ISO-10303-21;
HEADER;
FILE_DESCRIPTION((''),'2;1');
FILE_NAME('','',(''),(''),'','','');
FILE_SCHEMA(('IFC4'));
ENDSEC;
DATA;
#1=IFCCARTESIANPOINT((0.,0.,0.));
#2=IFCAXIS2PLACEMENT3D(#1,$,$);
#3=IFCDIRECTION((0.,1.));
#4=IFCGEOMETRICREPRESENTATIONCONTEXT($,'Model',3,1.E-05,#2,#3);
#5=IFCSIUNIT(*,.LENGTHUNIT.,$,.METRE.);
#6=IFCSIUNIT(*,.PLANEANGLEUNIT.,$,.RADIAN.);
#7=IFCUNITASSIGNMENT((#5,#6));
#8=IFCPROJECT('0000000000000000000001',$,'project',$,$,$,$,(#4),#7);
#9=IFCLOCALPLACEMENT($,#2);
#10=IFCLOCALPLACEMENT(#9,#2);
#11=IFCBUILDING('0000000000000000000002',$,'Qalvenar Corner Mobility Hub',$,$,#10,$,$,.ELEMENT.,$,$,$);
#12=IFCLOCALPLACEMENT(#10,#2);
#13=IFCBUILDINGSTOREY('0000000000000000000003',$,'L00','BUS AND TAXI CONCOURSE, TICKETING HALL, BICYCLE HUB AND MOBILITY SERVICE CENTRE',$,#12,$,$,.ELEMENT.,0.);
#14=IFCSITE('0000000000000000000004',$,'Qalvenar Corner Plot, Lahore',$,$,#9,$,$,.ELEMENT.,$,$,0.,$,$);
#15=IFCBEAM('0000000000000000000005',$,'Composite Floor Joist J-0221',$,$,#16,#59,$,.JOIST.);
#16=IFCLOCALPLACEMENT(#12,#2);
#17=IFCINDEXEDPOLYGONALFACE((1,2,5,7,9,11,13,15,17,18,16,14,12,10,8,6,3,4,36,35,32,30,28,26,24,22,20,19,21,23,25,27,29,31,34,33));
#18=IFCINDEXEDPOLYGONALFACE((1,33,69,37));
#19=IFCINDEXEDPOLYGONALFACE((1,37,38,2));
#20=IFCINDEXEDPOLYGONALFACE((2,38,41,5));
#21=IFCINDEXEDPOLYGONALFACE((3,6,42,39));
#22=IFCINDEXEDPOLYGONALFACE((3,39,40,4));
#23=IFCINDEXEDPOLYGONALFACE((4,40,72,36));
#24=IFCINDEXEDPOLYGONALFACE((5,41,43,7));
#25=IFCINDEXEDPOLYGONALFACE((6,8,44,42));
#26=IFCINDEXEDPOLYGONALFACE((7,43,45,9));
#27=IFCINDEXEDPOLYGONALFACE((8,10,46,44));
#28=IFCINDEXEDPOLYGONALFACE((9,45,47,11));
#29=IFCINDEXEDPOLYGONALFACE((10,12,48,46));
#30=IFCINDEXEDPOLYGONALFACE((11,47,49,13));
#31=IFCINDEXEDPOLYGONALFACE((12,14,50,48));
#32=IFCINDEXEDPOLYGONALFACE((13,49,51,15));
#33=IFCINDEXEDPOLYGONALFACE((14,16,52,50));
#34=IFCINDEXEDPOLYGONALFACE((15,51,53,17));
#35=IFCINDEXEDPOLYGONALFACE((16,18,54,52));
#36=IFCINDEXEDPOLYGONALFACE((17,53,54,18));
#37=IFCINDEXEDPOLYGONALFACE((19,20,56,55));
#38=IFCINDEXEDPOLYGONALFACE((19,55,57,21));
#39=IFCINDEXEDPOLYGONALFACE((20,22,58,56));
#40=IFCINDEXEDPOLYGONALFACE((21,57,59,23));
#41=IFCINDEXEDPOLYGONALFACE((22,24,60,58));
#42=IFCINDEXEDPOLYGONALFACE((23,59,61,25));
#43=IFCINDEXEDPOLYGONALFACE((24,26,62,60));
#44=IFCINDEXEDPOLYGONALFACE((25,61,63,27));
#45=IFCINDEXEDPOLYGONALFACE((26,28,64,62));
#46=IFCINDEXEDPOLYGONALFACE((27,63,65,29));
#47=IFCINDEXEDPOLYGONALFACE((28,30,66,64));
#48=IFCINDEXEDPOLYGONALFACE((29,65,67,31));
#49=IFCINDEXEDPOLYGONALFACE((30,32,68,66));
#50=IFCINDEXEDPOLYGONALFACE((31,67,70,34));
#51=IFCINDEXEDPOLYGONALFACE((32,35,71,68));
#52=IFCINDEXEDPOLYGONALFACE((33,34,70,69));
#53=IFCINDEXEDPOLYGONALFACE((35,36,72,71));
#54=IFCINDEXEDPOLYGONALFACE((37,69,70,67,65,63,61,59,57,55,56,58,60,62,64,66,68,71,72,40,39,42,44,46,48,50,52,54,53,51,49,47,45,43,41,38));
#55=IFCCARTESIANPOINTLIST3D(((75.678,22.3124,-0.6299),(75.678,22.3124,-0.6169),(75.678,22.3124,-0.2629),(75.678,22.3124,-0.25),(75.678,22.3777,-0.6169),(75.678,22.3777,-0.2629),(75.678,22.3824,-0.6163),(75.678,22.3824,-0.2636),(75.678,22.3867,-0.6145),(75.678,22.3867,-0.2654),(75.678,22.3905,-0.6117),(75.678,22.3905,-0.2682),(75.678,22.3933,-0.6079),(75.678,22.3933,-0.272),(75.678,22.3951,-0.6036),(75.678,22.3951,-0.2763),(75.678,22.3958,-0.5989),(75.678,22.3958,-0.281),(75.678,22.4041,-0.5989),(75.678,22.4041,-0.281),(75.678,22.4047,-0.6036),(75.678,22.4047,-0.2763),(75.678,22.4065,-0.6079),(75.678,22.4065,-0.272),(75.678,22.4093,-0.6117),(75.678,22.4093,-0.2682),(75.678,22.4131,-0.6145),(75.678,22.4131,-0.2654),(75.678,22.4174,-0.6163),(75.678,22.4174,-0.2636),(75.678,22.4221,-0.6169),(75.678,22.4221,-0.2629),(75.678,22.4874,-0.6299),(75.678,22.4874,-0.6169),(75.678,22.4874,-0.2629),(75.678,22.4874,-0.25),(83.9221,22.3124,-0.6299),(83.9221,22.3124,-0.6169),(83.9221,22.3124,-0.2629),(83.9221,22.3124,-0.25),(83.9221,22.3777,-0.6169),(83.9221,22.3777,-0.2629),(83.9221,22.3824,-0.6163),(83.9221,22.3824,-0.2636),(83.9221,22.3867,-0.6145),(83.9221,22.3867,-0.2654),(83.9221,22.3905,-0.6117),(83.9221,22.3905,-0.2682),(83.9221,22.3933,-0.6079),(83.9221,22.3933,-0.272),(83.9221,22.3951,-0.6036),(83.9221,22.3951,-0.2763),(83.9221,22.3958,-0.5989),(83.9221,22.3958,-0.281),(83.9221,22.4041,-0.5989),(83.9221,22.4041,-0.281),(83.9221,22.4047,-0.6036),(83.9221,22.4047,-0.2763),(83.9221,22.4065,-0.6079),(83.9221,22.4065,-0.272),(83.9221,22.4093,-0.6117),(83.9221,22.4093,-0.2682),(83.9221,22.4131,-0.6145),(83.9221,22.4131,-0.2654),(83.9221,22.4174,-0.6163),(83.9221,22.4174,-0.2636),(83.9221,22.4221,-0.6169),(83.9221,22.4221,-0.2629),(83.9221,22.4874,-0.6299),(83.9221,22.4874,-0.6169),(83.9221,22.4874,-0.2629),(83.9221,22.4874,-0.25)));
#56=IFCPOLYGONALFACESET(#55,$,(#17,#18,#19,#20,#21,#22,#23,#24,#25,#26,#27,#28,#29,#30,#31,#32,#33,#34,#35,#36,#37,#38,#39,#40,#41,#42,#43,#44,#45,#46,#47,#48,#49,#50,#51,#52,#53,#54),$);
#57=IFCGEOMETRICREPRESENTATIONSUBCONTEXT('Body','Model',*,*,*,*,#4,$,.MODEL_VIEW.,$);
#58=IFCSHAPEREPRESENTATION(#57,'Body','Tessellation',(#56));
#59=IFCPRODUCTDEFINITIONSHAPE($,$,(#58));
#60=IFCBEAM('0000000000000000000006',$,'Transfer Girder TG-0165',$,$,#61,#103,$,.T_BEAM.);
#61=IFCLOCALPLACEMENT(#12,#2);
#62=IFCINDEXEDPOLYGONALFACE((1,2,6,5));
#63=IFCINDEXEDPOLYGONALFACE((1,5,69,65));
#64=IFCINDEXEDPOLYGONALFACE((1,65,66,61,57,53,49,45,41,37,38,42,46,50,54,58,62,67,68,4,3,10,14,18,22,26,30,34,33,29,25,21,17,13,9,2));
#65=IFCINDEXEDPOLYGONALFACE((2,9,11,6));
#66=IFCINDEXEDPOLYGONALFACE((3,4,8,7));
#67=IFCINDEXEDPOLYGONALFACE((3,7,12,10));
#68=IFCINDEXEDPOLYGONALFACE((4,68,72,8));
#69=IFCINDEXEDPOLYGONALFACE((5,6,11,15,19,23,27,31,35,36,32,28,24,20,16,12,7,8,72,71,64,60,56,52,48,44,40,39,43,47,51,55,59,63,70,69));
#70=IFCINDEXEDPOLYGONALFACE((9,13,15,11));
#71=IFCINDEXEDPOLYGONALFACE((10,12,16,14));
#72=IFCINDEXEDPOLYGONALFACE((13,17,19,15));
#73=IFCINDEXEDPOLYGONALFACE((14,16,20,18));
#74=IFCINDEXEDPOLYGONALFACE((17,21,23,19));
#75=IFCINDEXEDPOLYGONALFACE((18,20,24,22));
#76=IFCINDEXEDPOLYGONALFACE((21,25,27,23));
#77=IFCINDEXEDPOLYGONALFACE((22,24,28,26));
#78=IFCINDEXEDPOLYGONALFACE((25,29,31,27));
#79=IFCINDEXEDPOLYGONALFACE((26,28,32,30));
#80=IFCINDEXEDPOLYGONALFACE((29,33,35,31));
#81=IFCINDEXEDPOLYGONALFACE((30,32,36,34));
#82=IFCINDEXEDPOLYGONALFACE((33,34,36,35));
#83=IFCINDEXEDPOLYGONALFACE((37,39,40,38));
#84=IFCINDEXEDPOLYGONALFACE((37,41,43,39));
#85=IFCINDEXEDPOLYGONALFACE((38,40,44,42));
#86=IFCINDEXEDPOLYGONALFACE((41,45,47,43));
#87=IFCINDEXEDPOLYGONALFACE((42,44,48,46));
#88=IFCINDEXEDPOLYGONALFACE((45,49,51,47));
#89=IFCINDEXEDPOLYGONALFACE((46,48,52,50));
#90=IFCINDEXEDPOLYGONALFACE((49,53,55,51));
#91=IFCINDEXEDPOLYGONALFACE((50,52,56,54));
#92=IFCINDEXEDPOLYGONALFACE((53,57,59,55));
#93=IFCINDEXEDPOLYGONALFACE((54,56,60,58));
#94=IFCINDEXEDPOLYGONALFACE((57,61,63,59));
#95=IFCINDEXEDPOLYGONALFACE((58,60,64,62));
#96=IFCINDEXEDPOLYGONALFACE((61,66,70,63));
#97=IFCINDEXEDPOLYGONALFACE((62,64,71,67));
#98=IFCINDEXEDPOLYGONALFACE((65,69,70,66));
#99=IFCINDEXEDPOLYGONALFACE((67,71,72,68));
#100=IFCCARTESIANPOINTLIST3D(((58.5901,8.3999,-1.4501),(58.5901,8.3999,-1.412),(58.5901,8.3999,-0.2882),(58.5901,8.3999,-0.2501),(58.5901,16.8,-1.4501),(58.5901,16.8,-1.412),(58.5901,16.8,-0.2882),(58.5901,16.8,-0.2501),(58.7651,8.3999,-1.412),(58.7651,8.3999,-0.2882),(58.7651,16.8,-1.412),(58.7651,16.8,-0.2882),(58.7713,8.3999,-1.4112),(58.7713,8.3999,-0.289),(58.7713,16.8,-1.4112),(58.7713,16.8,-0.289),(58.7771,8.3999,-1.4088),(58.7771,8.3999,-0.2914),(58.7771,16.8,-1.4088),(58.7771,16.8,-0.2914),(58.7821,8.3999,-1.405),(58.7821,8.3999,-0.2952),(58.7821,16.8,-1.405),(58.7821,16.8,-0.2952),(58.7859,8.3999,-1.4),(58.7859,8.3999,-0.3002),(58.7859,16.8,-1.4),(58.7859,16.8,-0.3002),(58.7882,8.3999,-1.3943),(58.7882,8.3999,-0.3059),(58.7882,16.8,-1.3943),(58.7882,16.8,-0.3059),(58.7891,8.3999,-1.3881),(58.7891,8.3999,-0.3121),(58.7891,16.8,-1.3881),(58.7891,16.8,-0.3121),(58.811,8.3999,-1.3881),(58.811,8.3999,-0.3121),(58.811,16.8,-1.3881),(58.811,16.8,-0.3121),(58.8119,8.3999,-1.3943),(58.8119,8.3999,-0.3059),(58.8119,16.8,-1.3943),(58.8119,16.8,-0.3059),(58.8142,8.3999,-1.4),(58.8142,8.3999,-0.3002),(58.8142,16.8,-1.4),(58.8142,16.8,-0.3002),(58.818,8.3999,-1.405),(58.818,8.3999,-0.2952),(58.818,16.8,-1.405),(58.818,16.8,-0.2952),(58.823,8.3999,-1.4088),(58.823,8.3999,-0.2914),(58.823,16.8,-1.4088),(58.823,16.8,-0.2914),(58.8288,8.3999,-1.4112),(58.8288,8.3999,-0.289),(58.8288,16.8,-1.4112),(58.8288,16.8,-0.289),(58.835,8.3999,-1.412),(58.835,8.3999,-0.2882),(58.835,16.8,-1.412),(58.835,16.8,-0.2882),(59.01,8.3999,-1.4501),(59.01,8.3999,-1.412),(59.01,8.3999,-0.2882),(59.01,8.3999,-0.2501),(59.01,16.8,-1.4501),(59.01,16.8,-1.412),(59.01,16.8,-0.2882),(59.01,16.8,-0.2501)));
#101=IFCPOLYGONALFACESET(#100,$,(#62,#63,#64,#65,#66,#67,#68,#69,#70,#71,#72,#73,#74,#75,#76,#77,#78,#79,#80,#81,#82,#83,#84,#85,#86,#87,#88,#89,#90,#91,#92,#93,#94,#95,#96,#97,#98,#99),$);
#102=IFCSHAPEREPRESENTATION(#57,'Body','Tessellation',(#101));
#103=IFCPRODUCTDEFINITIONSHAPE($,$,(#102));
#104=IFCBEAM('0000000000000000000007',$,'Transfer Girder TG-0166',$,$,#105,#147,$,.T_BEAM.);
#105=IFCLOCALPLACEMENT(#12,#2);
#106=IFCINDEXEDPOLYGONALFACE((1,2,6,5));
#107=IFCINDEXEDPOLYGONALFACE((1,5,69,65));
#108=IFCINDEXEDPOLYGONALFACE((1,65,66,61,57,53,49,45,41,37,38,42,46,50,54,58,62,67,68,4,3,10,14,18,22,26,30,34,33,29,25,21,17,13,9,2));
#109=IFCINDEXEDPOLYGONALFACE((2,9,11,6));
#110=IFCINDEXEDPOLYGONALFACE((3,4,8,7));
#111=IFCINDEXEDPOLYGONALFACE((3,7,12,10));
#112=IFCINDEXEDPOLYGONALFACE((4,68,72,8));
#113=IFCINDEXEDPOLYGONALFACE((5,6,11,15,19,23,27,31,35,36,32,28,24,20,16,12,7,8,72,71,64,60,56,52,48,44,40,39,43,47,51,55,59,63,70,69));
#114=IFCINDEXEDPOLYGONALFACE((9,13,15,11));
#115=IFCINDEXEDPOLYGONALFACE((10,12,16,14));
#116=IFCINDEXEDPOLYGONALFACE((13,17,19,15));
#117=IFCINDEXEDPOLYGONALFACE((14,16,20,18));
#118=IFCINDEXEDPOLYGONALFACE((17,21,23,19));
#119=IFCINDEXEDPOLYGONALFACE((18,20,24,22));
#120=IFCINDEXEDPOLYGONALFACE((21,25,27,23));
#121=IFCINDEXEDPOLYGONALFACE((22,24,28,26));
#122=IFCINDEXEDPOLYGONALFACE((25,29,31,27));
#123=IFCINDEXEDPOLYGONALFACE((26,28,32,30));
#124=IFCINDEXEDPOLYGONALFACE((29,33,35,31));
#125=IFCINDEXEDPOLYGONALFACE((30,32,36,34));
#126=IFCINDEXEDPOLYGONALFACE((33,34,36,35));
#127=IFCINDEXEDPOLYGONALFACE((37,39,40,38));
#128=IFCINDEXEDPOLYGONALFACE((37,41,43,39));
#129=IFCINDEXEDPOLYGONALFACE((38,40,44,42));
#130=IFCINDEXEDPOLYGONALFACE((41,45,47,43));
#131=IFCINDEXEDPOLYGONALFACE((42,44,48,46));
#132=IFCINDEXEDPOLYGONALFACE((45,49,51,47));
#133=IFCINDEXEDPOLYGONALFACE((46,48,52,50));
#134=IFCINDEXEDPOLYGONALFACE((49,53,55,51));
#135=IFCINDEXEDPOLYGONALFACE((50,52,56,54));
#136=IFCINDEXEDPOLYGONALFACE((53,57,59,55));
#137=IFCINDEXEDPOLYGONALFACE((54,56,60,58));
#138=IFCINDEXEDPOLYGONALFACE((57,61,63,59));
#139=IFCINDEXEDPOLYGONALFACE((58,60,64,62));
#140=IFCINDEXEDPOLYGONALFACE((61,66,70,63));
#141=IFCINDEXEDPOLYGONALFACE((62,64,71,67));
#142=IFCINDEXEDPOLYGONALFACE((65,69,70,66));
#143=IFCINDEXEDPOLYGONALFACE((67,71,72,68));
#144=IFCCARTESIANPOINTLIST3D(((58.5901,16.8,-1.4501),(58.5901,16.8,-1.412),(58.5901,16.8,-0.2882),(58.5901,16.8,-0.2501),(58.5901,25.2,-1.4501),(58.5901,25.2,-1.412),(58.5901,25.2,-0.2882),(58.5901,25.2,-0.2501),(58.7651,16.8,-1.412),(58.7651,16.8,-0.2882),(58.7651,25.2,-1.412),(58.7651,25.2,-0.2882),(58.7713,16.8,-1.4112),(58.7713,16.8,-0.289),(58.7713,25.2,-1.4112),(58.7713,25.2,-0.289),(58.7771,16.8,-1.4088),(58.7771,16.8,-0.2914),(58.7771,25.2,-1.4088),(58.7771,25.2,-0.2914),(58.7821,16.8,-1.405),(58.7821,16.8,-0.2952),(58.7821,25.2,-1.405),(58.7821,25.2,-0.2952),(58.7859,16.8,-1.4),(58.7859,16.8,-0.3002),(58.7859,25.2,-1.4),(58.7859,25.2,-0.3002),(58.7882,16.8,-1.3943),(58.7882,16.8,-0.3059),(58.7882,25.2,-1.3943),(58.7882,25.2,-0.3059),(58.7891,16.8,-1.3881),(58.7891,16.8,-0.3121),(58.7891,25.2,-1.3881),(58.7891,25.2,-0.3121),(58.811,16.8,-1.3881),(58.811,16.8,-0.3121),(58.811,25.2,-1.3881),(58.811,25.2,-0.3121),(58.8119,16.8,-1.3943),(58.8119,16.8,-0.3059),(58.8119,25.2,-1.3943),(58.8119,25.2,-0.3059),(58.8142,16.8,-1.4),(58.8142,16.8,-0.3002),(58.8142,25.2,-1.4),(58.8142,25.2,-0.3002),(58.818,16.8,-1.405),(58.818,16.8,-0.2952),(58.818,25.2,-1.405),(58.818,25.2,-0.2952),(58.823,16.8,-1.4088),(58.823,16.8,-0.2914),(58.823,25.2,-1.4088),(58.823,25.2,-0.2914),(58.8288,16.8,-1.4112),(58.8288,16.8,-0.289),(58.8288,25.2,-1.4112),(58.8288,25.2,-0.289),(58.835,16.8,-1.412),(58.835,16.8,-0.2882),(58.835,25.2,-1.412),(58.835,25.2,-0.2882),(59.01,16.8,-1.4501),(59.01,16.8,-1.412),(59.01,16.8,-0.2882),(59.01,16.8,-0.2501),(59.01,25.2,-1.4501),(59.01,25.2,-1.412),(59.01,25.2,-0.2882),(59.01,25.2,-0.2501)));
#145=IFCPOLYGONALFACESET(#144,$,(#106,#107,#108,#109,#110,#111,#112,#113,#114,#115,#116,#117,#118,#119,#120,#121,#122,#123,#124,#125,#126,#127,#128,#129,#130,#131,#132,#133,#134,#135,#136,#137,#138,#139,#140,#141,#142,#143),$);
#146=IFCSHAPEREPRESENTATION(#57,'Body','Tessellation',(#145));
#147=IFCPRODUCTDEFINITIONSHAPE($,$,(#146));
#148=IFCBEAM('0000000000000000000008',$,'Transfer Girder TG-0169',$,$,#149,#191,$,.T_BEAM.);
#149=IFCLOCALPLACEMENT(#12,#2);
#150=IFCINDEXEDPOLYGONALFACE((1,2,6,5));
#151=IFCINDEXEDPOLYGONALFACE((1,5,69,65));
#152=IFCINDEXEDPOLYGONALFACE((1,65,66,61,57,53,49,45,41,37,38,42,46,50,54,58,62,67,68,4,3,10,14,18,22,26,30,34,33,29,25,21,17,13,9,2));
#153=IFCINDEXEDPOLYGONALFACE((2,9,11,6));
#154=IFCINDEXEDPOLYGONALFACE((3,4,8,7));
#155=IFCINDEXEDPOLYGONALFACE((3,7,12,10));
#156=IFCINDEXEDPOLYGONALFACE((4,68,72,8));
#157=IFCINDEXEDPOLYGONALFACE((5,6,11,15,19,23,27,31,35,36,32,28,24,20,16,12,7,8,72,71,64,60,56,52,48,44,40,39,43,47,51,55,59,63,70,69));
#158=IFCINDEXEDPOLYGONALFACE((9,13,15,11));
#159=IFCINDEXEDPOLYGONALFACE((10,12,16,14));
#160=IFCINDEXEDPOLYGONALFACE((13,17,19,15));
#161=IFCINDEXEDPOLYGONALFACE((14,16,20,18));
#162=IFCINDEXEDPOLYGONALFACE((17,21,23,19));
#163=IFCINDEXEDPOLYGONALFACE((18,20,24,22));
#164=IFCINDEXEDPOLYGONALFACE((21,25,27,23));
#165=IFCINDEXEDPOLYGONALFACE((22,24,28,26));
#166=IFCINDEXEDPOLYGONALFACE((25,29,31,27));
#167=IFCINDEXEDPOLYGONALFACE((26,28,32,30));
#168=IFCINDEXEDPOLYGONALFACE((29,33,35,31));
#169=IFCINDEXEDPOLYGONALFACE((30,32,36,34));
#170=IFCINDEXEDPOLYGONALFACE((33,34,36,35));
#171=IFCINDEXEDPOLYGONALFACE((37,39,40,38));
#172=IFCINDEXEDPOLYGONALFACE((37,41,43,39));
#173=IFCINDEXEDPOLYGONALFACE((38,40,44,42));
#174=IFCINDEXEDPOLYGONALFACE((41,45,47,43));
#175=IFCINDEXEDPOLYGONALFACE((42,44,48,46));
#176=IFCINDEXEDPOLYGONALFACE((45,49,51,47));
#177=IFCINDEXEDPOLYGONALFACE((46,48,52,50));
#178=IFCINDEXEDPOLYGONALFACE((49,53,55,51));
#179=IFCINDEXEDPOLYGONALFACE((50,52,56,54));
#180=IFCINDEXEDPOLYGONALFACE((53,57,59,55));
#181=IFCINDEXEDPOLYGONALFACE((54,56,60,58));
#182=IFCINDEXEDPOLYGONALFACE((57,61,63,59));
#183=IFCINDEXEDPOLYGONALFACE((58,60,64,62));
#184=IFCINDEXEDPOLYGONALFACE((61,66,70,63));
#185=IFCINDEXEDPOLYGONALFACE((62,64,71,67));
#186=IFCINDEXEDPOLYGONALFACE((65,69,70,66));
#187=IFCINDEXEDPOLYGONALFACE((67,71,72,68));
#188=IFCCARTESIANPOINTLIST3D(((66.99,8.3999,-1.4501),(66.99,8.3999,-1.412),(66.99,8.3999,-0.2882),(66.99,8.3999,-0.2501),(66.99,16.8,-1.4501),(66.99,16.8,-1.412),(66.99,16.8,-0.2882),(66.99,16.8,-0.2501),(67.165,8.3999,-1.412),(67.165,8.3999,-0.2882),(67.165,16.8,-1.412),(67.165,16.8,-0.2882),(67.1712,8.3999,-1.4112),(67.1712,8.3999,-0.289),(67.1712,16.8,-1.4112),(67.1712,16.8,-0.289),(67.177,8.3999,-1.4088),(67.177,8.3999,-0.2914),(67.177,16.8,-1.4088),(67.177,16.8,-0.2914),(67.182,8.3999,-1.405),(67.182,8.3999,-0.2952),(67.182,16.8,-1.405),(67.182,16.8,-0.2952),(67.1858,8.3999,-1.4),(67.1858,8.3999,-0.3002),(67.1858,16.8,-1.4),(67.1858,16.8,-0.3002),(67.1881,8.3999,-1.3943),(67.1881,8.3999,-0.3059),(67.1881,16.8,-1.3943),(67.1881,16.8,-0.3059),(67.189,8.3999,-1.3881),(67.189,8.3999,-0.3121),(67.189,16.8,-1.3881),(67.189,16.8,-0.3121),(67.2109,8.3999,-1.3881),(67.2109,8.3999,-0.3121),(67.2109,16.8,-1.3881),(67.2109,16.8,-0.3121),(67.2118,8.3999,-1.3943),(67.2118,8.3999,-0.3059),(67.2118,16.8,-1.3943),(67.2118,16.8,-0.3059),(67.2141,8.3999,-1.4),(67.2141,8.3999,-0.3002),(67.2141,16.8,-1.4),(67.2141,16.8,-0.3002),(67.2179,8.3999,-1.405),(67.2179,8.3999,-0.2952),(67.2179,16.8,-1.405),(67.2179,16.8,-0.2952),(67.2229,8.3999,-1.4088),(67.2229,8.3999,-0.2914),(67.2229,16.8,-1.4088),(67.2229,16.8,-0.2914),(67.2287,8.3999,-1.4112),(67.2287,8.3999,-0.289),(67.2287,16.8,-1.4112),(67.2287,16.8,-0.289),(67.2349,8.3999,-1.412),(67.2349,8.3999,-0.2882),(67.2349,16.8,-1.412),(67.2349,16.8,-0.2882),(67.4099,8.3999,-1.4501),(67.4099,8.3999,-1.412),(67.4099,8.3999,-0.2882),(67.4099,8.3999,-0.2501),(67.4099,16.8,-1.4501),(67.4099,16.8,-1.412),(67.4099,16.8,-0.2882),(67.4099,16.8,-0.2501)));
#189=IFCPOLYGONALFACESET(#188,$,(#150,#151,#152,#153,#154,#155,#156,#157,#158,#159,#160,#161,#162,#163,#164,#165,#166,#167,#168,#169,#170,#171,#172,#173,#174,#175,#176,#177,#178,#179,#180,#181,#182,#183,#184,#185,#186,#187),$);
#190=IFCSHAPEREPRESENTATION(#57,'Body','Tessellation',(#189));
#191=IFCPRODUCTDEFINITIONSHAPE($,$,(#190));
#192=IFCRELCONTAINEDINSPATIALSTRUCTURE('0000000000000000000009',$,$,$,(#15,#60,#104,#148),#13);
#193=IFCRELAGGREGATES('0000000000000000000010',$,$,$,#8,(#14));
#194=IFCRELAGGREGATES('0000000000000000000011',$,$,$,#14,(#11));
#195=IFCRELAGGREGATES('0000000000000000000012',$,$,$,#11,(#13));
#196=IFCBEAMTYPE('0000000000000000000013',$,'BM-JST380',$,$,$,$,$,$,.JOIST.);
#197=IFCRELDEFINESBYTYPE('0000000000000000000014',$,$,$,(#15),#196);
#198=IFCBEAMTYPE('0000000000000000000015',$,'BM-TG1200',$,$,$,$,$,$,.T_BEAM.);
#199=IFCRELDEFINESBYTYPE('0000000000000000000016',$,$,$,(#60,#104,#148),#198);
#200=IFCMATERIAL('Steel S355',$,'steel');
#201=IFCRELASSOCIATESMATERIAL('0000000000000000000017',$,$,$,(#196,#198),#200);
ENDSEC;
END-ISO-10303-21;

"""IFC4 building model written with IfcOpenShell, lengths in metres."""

from ifc_helpers import new_model, si_unit, direction, frame, origin, origin_2d, place, context, subcontext, project, spatial, i_section, extrude, material, material_profile, profile_set, type_object, element, save


model = new_model("IFC4")

# Units and contexts
model_context = context("Model", 3, precision=1e-05, world=origin(), true_north=direction((0.0, 1.0)))
body_context = subcontext(model_context, "Body", "Model", "MODEL_VIEW")
ifc_project = project(units=[si_unit("LENGTHUNIT", "METRE"), si_unit("PLANEANGLEUNIT", "RADIAN")], contexts=[model_context])

# Site, building, storey
site_placement = place(None, origin())
site = spatial("IfcSite", under=ifc_project, at=site_placement, Name="Qalvenar Corner Plot, Lahore", CompositionType="ELEMENT", RefElevation=0.0)
building_placement = place(site_placement, origin())
building = spatial("IfcBuilding", under=site, at=building_placement, Name="Qalvenar Corner Mobility Hub", CompositionType="ELEMENT")
storey_placement = place(building_placement, origin())
storey = spatial("IfcBuildingStorey", under=building, at=storey_placement, Name="L00", Description="BUS AND TAXI CONCOURSE, TICKETING HALL, BICYCLE HUB AND MOBILITY SERVICE CENTRE", CompositionType="ELEMENT", Elevation=0.0)

# Shared definitions
ifc_material_1 = material(Name="Steel S355", Category="steel")

# Beams
ifc_material_profile_1 = material_profile(ifc_material_1, i_section(OverallWidth=0.175, OverallDepth=0.3799, WebThickness=0.0083, FlangeThickness=0.0129, FilletRadius=0.0181, at=origin_2d()), Name="IPE380-EQ")
ifc_profile_set_1 = profile_set([ifc_material_profile_1], Name="Steel S355")
beam_type_1 = type_object("IfcBeamType", Name="BM-JST380", PredefinedType="JOIST", material=ifc_profile_set_1)
for number, where, z_axis, x_axis, name in (
    (1, (75.678, 22.3999, -0.4399), (1.0, 0.0, 0.0), (0.0, 1.0, 0.0), "Composite Floor Joist J-0221"),
):
    element("IfcBeam", number, at=place(storey_placement, frame(where, z_axis=z_axis, x_axis=x_axis)), inside=storey, type_object=beam_type_1, Name=name, PredefinedType="JOIST", context=body_context, shape_type="SweptSolid", body=[
        extrude(i_section(OverallWidth=0.175, OverallDepth=0.3799, WebThickness=0.0083, FlangeThickness=0.0129, FilletRadius=0.0181, at=origin_2d()), origin(), (0.0, 0.0, 1.0), 8.2441),
    ])
ifc_material_profile_2 = material_profile(ifc_material_1, i_section(OverallWidth=0.4199, OverallDepth=1.2, WebThickness=0.022, FlangeThickness=0.0381, FilletRadius=0.0239, at=origin_2d()), Name="W1100x390-TG1200")
ifc_profile_set_2 = profile_set([ifc_material_profile_2], Name="Steel S355")
beam_type_2 = type_object("IfcBeamType", Name="BM-TG1200", PredefinedType="T_BEAM", material=ifc_profile_set_2)
beam_1_placement = place(storey_placement, frame((58.8, 8.3999, -0.8501), z_axis=(0.0, 1.0, 0.0), x_axis=(-1.0, 0.0, 0.0)))
element("IfcBeam", 2, at=beam_1_placement, inside=storey, type_object=beam_type_2, Name="Transfer Girder TG-0165", PredefinedType="T_BEAM", context=body_context, shape_type="SweptSolid", body=[
    extrude(i_section(OverallWidth=0.4199, OverallDepth=1.2, WebThickness=0.022, FlangeThickness=0.0381, FilletRadius=0.0239, at=origin_2d()), origin(), (0.0, 0.0, 1.0), 8.4001),
])
beam_2_placement = place(storey_placement, frame((58.8, 16.8, -0.8501), z_axis=(0.0, 1.0, 0.0), x_axis=(-1.0, 0.0, 0.0)))
element("IfcBeam", 3, at=beam_2_placement, inside=storey, type_object=beam_type_2, Name="Transfer Girder TG-0166", PredefinedType="T_BEAM", context=body_context, shape_type="SweptSolid", body=[
    extrude(i_section(OverallWidth=0.4199, OverallDepth=1.2, WebThickness=0.022, FlangeThickness=0.0381, FilletRadius=0.0239, at=origin_2d()), origin(), (0.0, 0.0, 1.0), 8.3999),
])
beam_3_placement = place(storey_placement, frame((67.2, 8.3999, -0.8501), z_axis=(0.0, 1.0, 0.0), x_axis=(-1.0, 0.0, 0.0)))
element("IfcBeam", 4, at=beam_3_placement, inside=storey, type_object=beam_type_2, Name="Transfer Girder TG-0169", PredefinedType="T_BEAM", context=body_context, shape_type="SweptSolid", body=[
    extrude(i_section(OverallWidth=0.4199, OverallDepth=1.2, WebThickness=0.022, FlangeThickness=0.0381, FilletRadius=0.0239, at=origin_2d()), origin(), (0.0, 0.0, 1.0), 8.4001),
])

save(model, "model.ifc")
